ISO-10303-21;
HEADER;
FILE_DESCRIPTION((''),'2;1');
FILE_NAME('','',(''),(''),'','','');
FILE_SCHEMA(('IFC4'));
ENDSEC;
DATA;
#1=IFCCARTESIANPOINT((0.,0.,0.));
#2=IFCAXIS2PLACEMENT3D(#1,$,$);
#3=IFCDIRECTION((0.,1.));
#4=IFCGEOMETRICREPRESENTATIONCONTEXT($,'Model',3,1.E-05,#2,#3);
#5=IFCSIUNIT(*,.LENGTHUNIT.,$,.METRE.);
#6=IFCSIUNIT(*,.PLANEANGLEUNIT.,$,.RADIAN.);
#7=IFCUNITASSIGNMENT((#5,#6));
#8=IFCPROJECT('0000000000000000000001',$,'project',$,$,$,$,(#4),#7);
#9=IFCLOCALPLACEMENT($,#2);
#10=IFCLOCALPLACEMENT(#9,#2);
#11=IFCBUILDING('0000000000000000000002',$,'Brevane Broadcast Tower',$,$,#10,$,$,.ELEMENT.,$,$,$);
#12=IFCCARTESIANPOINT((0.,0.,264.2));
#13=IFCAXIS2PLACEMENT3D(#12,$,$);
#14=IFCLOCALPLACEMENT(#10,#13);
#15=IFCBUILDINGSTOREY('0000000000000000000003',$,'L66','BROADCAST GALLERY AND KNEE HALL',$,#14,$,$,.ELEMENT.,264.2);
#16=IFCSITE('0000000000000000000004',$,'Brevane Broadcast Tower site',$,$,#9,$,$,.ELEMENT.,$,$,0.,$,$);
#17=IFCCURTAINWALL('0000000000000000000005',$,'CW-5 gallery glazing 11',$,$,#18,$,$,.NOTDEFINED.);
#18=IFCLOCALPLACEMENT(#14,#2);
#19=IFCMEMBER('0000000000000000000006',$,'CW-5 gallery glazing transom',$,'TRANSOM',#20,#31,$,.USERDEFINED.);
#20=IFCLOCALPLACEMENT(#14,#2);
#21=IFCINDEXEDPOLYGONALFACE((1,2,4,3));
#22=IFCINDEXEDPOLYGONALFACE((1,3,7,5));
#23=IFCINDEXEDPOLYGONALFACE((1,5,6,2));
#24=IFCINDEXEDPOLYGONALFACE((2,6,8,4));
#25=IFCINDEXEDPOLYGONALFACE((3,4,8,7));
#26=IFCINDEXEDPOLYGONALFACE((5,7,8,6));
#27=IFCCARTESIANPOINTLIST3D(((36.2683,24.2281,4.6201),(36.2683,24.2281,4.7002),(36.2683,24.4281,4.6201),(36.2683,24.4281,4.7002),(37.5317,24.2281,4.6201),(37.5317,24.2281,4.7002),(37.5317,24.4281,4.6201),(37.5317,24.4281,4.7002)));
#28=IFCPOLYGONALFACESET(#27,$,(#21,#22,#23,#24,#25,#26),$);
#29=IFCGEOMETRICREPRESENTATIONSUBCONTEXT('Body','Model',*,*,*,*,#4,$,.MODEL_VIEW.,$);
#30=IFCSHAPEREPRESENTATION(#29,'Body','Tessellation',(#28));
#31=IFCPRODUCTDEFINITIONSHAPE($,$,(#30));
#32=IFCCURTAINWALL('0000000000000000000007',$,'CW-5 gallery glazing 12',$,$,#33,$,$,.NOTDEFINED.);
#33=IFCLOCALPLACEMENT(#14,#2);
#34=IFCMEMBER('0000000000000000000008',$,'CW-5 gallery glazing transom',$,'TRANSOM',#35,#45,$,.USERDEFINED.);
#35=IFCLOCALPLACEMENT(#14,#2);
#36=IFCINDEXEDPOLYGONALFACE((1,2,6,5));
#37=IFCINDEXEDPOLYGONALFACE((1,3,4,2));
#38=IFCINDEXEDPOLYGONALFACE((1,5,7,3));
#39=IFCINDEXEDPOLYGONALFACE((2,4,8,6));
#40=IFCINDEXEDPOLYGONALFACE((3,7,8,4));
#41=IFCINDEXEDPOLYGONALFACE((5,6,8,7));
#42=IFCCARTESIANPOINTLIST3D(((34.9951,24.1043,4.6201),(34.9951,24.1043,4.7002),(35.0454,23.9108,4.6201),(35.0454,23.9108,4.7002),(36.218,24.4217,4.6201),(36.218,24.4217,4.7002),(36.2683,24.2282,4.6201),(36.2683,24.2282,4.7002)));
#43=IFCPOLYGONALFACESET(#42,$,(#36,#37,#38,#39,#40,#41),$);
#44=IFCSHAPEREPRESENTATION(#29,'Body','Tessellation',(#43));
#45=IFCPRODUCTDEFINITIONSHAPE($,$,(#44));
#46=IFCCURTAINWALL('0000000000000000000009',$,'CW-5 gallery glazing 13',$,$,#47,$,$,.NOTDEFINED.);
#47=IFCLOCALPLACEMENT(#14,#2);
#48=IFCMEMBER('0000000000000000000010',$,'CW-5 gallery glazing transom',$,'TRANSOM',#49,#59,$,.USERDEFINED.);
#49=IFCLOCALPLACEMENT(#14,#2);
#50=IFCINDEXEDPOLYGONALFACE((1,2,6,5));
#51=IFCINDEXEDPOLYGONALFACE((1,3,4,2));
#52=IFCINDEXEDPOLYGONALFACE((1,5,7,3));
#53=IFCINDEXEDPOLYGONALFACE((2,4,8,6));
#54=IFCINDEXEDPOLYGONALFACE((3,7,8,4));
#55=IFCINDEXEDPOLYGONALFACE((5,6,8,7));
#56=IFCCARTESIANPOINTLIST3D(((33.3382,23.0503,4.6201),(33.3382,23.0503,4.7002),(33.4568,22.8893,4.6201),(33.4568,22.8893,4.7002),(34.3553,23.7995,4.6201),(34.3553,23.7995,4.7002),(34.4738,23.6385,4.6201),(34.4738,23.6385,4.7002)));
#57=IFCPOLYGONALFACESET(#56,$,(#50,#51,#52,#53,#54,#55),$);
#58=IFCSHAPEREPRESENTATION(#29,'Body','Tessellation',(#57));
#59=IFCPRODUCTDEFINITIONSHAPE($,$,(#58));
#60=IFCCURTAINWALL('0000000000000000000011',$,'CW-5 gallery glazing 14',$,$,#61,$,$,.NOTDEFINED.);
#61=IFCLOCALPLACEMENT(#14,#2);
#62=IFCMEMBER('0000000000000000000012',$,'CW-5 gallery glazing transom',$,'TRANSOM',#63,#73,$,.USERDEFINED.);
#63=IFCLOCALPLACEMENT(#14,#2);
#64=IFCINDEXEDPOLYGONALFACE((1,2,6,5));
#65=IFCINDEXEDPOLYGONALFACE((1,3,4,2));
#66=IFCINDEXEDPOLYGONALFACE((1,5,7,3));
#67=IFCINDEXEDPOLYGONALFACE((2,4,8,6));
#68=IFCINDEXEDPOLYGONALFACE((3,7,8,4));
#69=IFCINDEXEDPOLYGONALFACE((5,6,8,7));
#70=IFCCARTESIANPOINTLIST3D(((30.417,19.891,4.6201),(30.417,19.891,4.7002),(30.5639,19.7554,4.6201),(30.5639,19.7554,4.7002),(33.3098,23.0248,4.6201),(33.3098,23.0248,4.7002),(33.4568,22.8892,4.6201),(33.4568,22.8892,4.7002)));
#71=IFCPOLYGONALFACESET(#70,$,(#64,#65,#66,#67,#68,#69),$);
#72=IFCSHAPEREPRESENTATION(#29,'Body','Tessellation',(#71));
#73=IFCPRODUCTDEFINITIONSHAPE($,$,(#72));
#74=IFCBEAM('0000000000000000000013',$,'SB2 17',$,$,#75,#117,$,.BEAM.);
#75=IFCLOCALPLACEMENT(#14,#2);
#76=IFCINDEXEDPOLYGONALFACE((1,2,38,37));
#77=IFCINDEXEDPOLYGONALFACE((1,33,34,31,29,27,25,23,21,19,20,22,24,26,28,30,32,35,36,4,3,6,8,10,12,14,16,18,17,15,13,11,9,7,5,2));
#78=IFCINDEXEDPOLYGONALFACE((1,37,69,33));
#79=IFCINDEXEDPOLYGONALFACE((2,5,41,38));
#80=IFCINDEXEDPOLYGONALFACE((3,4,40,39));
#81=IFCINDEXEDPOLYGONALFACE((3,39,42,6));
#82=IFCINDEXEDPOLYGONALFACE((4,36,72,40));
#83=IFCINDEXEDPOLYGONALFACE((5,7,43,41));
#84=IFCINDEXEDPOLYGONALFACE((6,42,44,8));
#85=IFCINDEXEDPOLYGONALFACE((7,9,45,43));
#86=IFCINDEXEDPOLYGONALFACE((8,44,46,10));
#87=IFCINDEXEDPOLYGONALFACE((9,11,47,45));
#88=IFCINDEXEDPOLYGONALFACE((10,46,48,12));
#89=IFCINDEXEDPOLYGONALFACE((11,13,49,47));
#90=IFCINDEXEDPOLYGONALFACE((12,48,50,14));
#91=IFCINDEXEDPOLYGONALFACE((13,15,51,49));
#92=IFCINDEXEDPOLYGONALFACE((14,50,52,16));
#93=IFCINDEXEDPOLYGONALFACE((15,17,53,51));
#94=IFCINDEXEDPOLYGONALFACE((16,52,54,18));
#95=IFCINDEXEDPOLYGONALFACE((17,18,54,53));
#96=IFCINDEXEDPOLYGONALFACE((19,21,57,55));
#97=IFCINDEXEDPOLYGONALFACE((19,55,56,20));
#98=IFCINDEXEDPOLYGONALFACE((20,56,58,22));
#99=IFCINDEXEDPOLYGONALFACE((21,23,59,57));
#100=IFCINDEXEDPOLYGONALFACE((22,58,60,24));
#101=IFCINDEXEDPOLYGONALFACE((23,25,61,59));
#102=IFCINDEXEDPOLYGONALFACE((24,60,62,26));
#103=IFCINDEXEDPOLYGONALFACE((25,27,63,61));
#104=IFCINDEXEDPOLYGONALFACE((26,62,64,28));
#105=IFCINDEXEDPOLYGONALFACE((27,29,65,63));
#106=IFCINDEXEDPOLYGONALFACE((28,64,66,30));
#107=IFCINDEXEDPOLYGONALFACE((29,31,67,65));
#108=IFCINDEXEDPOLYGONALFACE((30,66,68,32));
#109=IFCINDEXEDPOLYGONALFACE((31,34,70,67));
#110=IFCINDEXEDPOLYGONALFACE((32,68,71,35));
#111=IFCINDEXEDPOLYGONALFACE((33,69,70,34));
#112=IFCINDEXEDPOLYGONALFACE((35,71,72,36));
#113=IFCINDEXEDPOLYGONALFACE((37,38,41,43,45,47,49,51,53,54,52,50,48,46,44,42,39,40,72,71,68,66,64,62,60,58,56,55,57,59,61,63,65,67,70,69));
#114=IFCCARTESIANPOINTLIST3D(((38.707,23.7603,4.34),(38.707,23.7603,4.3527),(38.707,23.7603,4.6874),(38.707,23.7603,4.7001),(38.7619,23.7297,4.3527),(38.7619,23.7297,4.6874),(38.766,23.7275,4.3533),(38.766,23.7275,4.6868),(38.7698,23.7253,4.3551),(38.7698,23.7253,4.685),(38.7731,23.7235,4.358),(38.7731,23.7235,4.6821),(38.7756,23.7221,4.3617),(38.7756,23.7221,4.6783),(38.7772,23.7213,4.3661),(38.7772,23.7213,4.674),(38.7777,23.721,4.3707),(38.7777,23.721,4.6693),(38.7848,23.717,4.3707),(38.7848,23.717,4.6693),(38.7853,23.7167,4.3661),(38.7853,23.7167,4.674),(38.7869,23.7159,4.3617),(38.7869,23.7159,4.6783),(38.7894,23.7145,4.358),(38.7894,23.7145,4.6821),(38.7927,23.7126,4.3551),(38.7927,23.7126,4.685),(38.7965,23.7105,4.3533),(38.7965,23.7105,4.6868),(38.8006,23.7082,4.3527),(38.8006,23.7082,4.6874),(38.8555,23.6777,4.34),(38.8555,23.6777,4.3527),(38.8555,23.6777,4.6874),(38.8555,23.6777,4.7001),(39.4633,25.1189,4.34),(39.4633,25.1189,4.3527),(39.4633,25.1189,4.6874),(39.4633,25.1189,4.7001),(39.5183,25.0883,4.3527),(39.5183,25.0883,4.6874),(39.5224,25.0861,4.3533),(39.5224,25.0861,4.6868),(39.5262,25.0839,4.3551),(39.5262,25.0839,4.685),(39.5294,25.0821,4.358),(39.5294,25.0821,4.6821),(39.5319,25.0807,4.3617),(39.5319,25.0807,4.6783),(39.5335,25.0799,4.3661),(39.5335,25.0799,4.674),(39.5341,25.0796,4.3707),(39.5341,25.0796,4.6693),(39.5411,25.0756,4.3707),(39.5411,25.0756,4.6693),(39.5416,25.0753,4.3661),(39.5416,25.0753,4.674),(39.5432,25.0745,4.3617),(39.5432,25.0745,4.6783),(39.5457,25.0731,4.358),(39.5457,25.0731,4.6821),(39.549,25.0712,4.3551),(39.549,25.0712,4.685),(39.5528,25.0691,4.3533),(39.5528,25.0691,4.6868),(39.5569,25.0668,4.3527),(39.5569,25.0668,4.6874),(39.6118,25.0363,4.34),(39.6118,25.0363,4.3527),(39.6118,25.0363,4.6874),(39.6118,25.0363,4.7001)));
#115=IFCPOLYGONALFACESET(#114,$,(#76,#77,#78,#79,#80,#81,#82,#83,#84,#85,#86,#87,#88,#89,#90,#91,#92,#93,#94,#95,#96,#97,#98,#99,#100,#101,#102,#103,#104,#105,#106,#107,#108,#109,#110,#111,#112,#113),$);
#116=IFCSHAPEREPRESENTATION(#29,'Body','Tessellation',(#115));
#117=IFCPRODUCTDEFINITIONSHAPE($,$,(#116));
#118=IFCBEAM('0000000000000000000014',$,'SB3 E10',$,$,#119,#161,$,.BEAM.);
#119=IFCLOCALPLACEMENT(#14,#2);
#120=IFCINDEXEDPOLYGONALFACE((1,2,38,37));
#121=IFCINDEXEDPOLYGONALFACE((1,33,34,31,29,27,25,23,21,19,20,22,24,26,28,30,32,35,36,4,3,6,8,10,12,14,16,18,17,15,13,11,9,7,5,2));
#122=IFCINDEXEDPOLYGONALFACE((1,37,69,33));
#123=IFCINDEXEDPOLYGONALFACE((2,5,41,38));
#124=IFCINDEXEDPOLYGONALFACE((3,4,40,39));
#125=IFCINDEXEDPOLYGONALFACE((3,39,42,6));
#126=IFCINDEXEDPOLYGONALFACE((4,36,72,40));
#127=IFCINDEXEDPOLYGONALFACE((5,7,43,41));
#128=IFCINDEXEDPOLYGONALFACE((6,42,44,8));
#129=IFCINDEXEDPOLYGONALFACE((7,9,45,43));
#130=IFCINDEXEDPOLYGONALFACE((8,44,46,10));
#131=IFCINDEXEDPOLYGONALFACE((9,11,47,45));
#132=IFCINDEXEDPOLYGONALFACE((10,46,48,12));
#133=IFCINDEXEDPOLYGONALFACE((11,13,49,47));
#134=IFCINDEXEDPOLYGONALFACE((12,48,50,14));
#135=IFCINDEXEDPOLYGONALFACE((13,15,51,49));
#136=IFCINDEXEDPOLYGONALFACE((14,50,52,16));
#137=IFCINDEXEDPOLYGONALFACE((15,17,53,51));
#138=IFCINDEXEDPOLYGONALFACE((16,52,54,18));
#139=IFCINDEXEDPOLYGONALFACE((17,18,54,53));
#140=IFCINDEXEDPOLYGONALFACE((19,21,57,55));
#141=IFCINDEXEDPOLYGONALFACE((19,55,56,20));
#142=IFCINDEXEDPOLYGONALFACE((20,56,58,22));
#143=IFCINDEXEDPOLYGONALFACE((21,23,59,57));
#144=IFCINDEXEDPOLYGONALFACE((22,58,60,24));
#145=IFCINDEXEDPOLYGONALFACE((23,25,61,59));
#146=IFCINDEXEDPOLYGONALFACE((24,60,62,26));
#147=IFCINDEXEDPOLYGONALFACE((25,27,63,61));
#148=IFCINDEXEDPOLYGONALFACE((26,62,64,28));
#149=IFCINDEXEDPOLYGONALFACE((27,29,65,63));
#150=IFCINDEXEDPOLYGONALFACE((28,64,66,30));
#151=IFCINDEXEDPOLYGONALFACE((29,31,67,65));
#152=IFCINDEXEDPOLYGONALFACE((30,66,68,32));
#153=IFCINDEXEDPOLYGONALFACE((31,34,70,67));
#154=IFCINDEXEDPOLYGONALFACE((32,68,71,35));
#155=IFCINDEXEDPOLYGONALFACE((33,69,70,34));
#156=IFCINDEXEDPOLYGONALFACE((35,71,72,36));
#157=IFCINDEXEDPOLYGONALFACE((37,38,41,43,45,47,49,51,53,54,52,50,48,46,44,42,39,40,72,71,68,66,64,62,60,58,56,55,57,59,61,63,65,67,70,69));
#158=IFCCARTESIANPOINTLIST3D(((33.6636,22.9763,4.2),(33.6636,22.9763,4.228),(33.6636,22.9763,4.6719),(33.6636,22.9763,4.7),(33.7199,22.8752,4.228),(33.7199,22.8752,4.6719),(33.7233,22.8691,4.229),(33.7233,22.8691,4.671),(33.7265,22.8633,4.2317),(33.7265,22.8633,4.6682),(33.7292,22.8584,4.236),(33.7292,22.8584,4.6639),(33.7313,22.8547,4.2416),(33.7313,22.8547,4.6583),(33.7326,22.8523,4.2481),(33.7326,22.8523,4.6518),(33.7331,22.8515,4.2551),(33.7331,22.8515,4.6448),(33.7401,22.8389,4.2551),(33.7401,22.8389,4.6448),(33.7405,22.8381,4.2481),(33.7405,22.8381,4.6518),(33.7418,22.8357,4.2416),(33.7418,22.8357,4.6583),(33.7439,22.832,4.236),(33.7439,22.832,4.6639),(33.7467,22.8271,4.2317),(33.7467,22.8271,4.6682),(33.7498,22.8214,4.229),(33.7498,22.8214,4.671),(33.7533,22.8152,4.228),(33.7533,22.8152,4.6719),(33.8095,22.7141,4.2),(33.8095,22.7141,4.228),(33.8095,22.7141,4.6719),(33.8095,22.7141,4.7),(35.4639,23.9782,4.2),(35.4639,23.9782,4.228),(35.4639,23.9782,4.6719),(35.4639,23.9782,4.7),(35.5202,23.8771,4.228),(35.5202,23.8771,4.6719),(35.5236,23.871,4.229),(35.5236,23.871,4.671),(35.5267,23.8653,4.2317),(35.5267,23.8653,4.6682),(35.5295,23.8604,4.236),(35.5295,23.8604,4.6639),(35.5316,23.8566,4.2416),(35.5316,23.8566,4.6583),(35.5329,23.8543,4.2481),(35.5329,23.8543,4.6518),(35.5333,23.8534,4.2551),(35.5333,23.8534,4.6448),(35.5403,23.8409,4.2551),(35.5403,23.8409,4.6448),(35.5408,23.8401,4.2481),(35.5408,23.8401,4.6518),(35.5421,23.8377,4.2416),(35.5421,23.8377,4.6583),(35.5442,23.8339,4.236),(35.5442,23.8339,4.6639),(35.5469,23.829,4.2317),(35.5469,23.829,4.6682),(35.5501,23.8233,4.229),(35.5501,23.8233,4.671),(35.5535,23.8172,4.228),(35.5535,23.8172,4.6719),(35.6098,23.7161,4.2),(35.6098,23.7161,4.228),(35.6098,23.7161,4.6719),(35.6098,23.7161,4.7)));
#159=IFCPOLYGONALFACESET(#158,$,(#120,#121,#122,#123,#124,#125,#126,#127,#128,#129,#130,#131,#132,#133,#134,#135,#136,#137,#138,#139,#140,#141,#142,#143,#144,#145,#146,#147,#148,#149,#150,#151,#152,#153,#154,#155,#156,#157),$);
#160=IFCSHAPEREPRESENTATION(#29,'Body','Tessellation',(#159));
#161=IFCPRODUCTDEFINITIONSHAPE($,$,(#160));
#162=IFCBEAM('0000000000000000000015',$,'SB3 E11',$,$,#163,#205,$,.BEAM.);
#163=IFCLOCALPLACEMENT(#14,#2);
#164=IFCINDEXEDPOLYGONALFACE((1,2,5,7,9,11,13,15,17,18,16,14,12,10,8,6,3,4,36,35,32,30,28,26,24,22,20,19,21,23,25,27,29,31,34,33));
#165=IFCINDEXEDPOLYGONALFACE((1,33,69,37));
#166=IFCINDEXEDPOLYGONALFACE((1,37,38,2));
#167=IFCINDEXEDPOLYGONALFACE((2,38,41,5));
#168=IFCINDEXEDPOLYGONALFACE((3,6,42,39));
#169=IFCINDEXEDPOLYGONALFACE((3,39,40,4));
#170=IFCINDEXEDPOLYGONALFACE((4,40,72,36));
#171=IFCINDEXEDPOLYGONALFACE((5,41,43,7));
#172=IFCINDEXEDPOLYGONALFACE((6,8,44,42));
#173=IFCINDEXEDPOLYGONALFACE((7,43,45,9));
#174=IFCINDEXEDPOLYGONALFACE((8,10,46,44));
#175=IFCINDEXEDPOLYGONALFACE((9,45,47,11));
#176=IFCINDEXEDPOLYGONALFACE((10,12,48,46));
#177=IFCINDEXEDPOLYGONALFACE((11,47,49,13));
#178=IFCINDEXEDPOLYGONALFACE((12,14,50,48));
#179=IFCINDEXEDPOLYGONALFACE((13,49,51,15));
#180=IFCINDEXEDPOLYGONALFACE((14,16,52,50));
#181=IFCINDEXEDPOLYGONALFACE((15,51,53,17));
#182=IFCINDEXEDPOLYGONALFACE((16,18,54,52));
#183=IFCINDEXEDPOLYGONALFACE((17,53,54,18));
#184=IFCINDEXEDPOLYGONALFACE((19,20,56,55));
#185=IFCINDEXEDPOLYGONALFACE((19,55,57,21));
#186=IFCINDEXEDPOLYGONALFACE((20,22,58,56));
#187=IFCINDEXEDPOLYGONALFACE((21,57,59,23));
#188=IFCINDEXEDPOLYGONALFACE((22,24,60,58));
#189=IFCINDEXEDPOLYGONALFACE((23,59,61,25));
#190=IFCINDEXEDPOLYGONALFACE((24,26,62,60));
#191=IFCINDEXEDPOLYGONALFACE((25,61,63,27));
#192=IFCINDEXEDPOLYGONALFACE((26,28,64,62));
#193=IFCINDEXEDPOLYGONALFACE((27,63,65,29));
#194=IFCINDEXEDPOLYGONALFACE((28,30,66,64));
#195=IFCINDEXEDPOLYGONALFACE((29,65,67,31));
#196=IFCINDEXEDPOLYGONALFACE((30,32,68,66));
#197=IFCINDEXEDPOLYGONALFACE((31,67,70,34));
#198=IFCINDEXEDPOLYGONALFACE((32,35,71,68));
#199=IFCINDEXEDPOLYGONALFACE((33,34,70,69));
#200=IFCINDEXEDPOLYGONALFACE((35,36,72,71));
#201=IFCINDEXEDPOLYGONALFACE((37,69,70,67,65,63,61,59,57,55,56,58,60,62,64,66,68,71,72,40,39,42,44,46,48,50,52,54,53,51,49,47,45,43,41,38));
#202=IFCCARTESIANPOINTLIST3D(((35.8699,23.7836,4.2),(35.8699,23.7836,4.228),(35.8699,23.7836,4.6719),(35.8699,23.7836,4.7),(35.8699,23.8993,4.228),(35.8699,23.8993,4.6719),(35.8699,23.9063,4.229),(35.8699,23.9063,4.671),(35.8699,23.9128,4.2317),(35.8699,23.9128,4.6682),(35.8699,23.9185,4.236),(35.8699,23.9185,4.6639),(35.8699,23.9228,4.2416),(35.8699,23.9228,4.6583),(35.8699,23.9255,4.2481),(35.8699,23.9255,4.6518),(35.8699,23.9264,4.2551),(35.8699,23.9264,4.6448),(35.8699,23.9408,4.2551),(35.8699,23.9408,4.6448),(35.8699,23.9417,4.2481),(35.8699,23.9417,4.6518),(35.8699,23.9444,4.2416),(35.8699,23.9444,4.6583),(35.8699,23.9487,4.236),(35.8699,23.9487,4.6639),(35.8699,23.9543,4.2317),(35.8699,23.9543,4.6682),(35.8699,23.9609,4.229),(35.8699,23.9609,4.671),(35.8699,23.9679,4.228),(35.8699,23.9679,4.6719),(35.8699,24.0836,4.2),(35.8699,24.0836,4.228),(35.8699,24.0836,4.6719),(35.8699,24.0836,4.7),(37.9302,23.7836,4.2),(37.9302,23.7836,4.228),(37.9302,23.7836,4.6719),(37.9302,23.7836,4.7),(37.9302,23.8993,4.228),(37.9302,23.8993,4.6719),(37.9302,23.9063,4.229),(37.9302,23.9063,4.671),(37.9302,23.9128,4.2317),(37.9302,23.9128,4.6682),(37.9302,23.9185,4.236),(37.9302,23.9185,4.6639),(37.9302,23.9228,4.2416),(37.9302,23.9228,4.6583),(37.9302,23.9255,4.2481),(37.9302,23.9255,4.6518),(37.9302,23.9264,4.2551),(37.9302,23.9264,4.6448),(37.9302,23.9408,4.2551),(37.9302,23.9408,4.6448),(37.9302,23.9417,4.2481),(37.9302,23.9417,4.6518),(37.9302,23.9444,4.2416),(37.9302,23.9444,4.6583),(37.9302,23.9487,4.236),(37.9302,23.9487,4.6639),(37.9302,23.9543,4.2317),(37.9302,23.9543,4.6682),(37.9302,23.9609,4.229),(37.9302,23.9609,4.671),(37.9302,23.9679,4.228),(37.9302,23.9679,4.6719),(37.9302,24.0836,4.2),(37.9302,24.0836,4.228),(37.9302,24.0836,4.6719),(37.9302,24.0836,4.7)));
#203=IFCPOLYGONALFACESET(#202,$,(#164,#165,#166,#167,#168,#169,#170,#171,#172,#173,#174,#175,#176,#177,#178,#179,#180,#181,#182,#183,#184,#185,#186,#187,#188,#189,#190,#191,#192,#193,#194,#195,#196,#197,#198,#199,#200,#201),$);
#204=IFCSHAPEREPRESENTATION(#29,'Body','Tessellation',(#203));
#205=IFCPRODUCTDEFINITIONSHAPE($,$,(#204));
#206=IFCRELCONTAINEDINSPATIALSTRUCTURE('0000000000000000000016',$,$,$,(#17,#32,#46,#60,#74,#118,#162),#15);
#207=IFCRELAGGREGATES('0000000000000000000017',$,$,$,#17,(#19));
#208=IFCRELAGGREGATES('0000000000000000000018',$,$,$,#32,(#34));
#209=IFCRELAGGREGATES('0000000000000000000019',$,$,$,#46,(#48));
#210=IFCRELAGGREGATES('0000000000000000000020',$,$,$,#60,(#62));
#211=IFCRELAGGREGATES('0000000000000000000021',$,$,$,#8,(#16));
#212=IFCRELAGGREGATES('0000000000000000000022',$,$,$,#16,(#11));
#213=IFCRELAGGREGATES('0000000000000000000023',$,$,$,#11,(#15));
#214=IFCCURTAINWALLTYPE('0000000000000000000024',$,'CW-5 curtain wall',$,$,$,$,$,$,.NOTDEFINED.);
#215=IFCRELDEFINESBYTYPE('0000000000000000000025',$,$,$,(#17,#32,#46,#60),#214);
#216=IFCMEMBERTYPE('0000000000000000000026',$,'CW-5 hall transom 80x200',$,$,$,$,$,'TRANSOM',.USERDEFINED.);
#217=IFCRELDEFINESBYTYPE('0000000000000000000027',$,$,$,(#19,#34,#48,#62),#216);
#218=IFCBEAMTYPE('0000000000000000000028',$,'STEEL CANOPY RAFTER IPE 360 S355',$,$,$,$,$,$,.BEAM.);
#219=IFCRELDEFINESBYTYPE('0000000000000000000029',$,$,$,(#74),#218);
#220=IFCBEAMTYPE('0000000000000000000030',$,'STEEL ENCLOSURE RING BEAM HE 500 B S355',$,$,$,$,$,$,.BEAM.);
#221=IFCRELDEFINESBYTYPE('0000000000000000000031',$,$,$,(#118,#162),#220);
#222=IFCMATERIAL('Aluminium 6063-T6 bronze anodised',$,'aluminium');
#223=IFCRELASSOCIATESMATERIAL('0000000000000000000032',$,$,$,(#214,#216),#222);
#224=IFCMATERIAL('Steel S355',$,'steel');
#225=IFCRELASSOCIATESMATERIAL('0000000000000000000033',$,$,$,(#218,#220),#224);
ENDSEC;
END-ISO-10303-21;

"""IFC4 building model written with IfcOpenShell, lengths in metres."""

from ifc_helpers import new_model, si_unit, direction, frame, origin, origin_2d, place, context, subcontext, project, spatial, rectangle, i_section, extrude, material, material_profile, profile_set, type_object, element, aggregate, save


model = new_model("IFC4")

# Units and contexts
model_context = context("Model", 3, precision=1e-05, world=origin(), true_north=direction((0.0, 1.0)))
body_context = subcontext(model_context, "Body", "Model", "MODEL_VIEW")
ifc_project = project(units=[si_unit("LENGTHUNIT", "METRE"), si_unit("PLANEANGLEUNIT", "RADIAN")], contexts=[model_context])

# Site, building, storey
site_placement = place(None, origin())
site = spatial("IfcSite", under=ifc_project, at=site_placement, Name="Brevane Broadcast Tower site", CompositionType="ELEMENT", RefElevation=0.0)
building_placement = place(site_placement, origin())
building = spatial("IfcBuilding", under=site, at=building_placement, Name="Brevane Broadcast Tower", CompositionType="ELEMENT")
storey_placement = place(building_placement, frame((0.0, 0.0, 264.2)))
storey = spatial("IfcBuildingStorey", under=building, at=storey_placement, Name="L66", Description="BROADCAST GALLERY AND KNEE HALL", CompositionType="ELEMENT", Elevation=264.2)

# Curtain walls, members
ifc_material_1 = material(Name="Aluminium 6063-T6 bronze anodised", Category="aluminium")
curtain_wall_type = type_object("IfcCurtainWallType", Name="CW-5 curtain wall", PredefinedType="NOTDEFINED", material=ifc_material_1)
curtain_wall_1_placement = place(storey_placement, origin())
curtain_wall_1 = element("IfcCurtainWall", 1, at=curtain_wall_1_placement, inside=storey, type_object=curtain_wall_type, Name="CW-5 gallery glazing 11", PredefinedType="NOTDEFINED")
ifc_material_profile_1 = material_profile(ifc_material_1, rectangle(XDim=0.2, YDim=0.0801, at=origin_2d()), Name="RECT 80x200")
ifc_profile_set_1 = profile_set([ifc_material_profile_1], Name="Aluminium 6063-T6 bronze anodised")
member_type_1 = type_object("IfcMemberType", Name="CW-5 hall transom 80x200", ElementType="TRANSOM", PredefinedType="USERDEFINED", material=ifc_profile_set_1)
member_1_placement = place(storey_placement, frame((37.5317, 24.3281, 4.6602), z_axis=(-1.0, 0.0, 0.0), x_axis=(0.0, -1.0, 0.0)))
member_1 = element("IfcMember", 2, at=member_1_placement, type_object=member_type_1, Name="CW-5 gallery glazing transom", ObjectType="TRANSOM", PredefinedType="USERDEFINED", context=body_context, shape_type="SweptSolid", body=[
    extrude(rectangle(XDim=0.2, YDim=0.0801, at=origin_2d()), origin(), (0.0, 0.0, 1.0), 1.2634),
])
aggregate(curtain_wall_1, [member_1])
curtain_wall_2_placement = place(storey_placement, origin())
curtain_wall_2 = element("IfcCurtainWall", 3, at=curtain_wall_2_placement, inside=storey, type_object=curtain_wall_type, Name="CW-5 gallery glazing 12", PredefinedType="NOTDEFINED")
member_2_placement = place(storey_placement, frame((36.2432, 24.325, 4.6602), z_axis=(-0.967933, -0.25121, 0.0), x_axis=(0.25121, -0.967933, 0.0)))
member_2 = element("IfcMember", 4, at=member_2_placement, type_object=member_type_1, Name="CW-5 gallery glazing transom", ObjectType="TRANSOM", PredefinedType="USERDEFINED", context=body_context, shape_type="SweptSolid", body=[
    extrude(rectangle(XDim=0.2, YDim=0.0801, at=origin_2d()), origin(), (0.0, 0.0, 1.0), 1.2634),
])
aggregate(curtain_wall_2, [member_2])
curtain_wall_3_placement = place(storey_placement, origin())
curtain_wall_3 = element("IfcCurtainWall", 5, at=curtain_wall_3_placement, inside=storey, type_object=curtain_wall_type, Name="CW-5 gallery glazing 13", PredefinedType="NOTDEFINED")
member_3_placement = place(storey_placement, frame((34.4146, 23.719, 4.6602), z_axis=(-0.805119, -0.593113, 0.0), x_axis=(0.593113, -0.805119, 0.0)))
member_3 = element("IfcMember", 6, at=member_3_placement, type_object=member_type_1, Name="CW-5 gallery glazing transom", ObjectType="TRANSOM", PredefinedType="USERDEFINED", context=body_context, shape_type="SweptSolid", body=[
    extrude(rectangle(XDim=0.2, YDim=0.0801, at=origin_2d()), origin(), (0.0, 0.0, 1.0), 1.2632),
])
aggregate(curtain_wall_3, [member_3])
curtain_wall_4_placement = place(storey_placement, origin())
curtain_wall_4 = element("IfcCurtainWall", 7, at=curtain_wall_4_placement, inside=storey, type_object=curtain_wall_type, Name="CW-5 gallery glazing 14", PredefinedType="NOTDEFINED")
member_4_placement = place(storey_placement, frame((33.3833, 22.957, 4.6602), z_axis=(-0.678292, -0.734792, 0.0), x_axis=(0.734792, -0.678292, 0.0)))
member_4 = element("IfcMember", 8, at=member_4_placement, type_object=member_type_1, Name="CW-5 gallery glazing transom", ObjectType="TRANSOM", PredefinedType="USERDEFINED", context=body_context, shape_type="SweptSolid", body=[
    extrude(rectangle(XDim=0.2, YDim=0.0801, at=origin_2d()), origin(), (0.0, 0.0, 1.0), 4.2649),
])
aggregate(curtain_wall_4, [member_4])

# Beams
ifc_material_2 = material(Name="Steel S355", Category="steel")
ifc_material_profile_2 = material_profile(ifc_material_2, i_section(OverallWidth=0.1699, OverallDepth=0.3601, WebThickness=0.0081, FlangeThickness=0.0127, FilletRadius=0.0181, at=origin_2d()), Name="IPE 360")
ifc_profile_set_2 = profile_set([ifc_material_profile_2], Name="Steel S355")
beam_type_1 = type_object("IfcBeamType", Name="STEEL CANOPY RAFTER IPE 360 S355", PredefinedType="BEAM", material=ifc_profile_set_2)
beam_placement = place(storey_placement, frame((38.7812, 23.719, 4.52), z_axis=(0.486403, 0.873735, 0.0), x_axis=(-0.873735, 0.486403, 0.0)))
element("IfcBeam", 9, at=beam_placement, inside=storey, type_object=beam_type_1, Name="SB2 17", PredefinedType="BEAM", context=body_context, shape_type="SweptSolid", body=[
    extrude(i_section(OverallWidth=0.1699, OverallDepth=0.3601, WebThickness=0.0081, FlangeThickness=0.0127, FilletRadius=0.0181, at=origin_2d()), origin(), (0.0, 0.0, 1.0), 1.5549),
])
ifc_material_profile_3 = material_profile(ifc_material_2, i_section(OverallWidth=0.3, OverallDepth=0.5, WebThickness=0.0144, FlangeThickness=0.0281, FilletRadius=0.0271, at=origin_2d()), Name="HE 500 B")
ifc_profile_set_3 = profile_set([ifc_material_profile_3], Name="Steel S355")
beam_type_2 = type_object("IfcBeamType", Name="STEEL ENCLOSURE RING BEAM HE 500 B S355", PredefinedType="BEAM", material=ifc_profile_set_3)
for number, where, z_axis, x_axis, name in (
    (10, (33.7366, 22.8452, 4.45), (0.873788, 0.486307, 0.0), (-0.486307, 0.873788, 0.0), "SB3 E10"),
    (11, (35.8699, 23.9336, 4.45), (1.0, 0.0, 0.0), (0.0, 1.0, 0.0), "SB3 E11"),
):
    element("IfcBeam", number, at=place(storey_placement, frame(where, z_axis=z_axis, x_axis=x_axis)), inside=storey, type_object=beam_type_2, Name=name, PredefinedType="BEAM", context=body_context, shape_type="SweptSolid", body=[
        extrude(i_section(OverallWidth=0.3, OverallDepth=0.5, WebThickness=0.0144, FlangeThickness=0.0281, FilletRadius=0.0271, at=origin_2d()), origin(), (0.0, 0.0, 1.0), 2.0603),
    ])

save(model, "model.ifc")
